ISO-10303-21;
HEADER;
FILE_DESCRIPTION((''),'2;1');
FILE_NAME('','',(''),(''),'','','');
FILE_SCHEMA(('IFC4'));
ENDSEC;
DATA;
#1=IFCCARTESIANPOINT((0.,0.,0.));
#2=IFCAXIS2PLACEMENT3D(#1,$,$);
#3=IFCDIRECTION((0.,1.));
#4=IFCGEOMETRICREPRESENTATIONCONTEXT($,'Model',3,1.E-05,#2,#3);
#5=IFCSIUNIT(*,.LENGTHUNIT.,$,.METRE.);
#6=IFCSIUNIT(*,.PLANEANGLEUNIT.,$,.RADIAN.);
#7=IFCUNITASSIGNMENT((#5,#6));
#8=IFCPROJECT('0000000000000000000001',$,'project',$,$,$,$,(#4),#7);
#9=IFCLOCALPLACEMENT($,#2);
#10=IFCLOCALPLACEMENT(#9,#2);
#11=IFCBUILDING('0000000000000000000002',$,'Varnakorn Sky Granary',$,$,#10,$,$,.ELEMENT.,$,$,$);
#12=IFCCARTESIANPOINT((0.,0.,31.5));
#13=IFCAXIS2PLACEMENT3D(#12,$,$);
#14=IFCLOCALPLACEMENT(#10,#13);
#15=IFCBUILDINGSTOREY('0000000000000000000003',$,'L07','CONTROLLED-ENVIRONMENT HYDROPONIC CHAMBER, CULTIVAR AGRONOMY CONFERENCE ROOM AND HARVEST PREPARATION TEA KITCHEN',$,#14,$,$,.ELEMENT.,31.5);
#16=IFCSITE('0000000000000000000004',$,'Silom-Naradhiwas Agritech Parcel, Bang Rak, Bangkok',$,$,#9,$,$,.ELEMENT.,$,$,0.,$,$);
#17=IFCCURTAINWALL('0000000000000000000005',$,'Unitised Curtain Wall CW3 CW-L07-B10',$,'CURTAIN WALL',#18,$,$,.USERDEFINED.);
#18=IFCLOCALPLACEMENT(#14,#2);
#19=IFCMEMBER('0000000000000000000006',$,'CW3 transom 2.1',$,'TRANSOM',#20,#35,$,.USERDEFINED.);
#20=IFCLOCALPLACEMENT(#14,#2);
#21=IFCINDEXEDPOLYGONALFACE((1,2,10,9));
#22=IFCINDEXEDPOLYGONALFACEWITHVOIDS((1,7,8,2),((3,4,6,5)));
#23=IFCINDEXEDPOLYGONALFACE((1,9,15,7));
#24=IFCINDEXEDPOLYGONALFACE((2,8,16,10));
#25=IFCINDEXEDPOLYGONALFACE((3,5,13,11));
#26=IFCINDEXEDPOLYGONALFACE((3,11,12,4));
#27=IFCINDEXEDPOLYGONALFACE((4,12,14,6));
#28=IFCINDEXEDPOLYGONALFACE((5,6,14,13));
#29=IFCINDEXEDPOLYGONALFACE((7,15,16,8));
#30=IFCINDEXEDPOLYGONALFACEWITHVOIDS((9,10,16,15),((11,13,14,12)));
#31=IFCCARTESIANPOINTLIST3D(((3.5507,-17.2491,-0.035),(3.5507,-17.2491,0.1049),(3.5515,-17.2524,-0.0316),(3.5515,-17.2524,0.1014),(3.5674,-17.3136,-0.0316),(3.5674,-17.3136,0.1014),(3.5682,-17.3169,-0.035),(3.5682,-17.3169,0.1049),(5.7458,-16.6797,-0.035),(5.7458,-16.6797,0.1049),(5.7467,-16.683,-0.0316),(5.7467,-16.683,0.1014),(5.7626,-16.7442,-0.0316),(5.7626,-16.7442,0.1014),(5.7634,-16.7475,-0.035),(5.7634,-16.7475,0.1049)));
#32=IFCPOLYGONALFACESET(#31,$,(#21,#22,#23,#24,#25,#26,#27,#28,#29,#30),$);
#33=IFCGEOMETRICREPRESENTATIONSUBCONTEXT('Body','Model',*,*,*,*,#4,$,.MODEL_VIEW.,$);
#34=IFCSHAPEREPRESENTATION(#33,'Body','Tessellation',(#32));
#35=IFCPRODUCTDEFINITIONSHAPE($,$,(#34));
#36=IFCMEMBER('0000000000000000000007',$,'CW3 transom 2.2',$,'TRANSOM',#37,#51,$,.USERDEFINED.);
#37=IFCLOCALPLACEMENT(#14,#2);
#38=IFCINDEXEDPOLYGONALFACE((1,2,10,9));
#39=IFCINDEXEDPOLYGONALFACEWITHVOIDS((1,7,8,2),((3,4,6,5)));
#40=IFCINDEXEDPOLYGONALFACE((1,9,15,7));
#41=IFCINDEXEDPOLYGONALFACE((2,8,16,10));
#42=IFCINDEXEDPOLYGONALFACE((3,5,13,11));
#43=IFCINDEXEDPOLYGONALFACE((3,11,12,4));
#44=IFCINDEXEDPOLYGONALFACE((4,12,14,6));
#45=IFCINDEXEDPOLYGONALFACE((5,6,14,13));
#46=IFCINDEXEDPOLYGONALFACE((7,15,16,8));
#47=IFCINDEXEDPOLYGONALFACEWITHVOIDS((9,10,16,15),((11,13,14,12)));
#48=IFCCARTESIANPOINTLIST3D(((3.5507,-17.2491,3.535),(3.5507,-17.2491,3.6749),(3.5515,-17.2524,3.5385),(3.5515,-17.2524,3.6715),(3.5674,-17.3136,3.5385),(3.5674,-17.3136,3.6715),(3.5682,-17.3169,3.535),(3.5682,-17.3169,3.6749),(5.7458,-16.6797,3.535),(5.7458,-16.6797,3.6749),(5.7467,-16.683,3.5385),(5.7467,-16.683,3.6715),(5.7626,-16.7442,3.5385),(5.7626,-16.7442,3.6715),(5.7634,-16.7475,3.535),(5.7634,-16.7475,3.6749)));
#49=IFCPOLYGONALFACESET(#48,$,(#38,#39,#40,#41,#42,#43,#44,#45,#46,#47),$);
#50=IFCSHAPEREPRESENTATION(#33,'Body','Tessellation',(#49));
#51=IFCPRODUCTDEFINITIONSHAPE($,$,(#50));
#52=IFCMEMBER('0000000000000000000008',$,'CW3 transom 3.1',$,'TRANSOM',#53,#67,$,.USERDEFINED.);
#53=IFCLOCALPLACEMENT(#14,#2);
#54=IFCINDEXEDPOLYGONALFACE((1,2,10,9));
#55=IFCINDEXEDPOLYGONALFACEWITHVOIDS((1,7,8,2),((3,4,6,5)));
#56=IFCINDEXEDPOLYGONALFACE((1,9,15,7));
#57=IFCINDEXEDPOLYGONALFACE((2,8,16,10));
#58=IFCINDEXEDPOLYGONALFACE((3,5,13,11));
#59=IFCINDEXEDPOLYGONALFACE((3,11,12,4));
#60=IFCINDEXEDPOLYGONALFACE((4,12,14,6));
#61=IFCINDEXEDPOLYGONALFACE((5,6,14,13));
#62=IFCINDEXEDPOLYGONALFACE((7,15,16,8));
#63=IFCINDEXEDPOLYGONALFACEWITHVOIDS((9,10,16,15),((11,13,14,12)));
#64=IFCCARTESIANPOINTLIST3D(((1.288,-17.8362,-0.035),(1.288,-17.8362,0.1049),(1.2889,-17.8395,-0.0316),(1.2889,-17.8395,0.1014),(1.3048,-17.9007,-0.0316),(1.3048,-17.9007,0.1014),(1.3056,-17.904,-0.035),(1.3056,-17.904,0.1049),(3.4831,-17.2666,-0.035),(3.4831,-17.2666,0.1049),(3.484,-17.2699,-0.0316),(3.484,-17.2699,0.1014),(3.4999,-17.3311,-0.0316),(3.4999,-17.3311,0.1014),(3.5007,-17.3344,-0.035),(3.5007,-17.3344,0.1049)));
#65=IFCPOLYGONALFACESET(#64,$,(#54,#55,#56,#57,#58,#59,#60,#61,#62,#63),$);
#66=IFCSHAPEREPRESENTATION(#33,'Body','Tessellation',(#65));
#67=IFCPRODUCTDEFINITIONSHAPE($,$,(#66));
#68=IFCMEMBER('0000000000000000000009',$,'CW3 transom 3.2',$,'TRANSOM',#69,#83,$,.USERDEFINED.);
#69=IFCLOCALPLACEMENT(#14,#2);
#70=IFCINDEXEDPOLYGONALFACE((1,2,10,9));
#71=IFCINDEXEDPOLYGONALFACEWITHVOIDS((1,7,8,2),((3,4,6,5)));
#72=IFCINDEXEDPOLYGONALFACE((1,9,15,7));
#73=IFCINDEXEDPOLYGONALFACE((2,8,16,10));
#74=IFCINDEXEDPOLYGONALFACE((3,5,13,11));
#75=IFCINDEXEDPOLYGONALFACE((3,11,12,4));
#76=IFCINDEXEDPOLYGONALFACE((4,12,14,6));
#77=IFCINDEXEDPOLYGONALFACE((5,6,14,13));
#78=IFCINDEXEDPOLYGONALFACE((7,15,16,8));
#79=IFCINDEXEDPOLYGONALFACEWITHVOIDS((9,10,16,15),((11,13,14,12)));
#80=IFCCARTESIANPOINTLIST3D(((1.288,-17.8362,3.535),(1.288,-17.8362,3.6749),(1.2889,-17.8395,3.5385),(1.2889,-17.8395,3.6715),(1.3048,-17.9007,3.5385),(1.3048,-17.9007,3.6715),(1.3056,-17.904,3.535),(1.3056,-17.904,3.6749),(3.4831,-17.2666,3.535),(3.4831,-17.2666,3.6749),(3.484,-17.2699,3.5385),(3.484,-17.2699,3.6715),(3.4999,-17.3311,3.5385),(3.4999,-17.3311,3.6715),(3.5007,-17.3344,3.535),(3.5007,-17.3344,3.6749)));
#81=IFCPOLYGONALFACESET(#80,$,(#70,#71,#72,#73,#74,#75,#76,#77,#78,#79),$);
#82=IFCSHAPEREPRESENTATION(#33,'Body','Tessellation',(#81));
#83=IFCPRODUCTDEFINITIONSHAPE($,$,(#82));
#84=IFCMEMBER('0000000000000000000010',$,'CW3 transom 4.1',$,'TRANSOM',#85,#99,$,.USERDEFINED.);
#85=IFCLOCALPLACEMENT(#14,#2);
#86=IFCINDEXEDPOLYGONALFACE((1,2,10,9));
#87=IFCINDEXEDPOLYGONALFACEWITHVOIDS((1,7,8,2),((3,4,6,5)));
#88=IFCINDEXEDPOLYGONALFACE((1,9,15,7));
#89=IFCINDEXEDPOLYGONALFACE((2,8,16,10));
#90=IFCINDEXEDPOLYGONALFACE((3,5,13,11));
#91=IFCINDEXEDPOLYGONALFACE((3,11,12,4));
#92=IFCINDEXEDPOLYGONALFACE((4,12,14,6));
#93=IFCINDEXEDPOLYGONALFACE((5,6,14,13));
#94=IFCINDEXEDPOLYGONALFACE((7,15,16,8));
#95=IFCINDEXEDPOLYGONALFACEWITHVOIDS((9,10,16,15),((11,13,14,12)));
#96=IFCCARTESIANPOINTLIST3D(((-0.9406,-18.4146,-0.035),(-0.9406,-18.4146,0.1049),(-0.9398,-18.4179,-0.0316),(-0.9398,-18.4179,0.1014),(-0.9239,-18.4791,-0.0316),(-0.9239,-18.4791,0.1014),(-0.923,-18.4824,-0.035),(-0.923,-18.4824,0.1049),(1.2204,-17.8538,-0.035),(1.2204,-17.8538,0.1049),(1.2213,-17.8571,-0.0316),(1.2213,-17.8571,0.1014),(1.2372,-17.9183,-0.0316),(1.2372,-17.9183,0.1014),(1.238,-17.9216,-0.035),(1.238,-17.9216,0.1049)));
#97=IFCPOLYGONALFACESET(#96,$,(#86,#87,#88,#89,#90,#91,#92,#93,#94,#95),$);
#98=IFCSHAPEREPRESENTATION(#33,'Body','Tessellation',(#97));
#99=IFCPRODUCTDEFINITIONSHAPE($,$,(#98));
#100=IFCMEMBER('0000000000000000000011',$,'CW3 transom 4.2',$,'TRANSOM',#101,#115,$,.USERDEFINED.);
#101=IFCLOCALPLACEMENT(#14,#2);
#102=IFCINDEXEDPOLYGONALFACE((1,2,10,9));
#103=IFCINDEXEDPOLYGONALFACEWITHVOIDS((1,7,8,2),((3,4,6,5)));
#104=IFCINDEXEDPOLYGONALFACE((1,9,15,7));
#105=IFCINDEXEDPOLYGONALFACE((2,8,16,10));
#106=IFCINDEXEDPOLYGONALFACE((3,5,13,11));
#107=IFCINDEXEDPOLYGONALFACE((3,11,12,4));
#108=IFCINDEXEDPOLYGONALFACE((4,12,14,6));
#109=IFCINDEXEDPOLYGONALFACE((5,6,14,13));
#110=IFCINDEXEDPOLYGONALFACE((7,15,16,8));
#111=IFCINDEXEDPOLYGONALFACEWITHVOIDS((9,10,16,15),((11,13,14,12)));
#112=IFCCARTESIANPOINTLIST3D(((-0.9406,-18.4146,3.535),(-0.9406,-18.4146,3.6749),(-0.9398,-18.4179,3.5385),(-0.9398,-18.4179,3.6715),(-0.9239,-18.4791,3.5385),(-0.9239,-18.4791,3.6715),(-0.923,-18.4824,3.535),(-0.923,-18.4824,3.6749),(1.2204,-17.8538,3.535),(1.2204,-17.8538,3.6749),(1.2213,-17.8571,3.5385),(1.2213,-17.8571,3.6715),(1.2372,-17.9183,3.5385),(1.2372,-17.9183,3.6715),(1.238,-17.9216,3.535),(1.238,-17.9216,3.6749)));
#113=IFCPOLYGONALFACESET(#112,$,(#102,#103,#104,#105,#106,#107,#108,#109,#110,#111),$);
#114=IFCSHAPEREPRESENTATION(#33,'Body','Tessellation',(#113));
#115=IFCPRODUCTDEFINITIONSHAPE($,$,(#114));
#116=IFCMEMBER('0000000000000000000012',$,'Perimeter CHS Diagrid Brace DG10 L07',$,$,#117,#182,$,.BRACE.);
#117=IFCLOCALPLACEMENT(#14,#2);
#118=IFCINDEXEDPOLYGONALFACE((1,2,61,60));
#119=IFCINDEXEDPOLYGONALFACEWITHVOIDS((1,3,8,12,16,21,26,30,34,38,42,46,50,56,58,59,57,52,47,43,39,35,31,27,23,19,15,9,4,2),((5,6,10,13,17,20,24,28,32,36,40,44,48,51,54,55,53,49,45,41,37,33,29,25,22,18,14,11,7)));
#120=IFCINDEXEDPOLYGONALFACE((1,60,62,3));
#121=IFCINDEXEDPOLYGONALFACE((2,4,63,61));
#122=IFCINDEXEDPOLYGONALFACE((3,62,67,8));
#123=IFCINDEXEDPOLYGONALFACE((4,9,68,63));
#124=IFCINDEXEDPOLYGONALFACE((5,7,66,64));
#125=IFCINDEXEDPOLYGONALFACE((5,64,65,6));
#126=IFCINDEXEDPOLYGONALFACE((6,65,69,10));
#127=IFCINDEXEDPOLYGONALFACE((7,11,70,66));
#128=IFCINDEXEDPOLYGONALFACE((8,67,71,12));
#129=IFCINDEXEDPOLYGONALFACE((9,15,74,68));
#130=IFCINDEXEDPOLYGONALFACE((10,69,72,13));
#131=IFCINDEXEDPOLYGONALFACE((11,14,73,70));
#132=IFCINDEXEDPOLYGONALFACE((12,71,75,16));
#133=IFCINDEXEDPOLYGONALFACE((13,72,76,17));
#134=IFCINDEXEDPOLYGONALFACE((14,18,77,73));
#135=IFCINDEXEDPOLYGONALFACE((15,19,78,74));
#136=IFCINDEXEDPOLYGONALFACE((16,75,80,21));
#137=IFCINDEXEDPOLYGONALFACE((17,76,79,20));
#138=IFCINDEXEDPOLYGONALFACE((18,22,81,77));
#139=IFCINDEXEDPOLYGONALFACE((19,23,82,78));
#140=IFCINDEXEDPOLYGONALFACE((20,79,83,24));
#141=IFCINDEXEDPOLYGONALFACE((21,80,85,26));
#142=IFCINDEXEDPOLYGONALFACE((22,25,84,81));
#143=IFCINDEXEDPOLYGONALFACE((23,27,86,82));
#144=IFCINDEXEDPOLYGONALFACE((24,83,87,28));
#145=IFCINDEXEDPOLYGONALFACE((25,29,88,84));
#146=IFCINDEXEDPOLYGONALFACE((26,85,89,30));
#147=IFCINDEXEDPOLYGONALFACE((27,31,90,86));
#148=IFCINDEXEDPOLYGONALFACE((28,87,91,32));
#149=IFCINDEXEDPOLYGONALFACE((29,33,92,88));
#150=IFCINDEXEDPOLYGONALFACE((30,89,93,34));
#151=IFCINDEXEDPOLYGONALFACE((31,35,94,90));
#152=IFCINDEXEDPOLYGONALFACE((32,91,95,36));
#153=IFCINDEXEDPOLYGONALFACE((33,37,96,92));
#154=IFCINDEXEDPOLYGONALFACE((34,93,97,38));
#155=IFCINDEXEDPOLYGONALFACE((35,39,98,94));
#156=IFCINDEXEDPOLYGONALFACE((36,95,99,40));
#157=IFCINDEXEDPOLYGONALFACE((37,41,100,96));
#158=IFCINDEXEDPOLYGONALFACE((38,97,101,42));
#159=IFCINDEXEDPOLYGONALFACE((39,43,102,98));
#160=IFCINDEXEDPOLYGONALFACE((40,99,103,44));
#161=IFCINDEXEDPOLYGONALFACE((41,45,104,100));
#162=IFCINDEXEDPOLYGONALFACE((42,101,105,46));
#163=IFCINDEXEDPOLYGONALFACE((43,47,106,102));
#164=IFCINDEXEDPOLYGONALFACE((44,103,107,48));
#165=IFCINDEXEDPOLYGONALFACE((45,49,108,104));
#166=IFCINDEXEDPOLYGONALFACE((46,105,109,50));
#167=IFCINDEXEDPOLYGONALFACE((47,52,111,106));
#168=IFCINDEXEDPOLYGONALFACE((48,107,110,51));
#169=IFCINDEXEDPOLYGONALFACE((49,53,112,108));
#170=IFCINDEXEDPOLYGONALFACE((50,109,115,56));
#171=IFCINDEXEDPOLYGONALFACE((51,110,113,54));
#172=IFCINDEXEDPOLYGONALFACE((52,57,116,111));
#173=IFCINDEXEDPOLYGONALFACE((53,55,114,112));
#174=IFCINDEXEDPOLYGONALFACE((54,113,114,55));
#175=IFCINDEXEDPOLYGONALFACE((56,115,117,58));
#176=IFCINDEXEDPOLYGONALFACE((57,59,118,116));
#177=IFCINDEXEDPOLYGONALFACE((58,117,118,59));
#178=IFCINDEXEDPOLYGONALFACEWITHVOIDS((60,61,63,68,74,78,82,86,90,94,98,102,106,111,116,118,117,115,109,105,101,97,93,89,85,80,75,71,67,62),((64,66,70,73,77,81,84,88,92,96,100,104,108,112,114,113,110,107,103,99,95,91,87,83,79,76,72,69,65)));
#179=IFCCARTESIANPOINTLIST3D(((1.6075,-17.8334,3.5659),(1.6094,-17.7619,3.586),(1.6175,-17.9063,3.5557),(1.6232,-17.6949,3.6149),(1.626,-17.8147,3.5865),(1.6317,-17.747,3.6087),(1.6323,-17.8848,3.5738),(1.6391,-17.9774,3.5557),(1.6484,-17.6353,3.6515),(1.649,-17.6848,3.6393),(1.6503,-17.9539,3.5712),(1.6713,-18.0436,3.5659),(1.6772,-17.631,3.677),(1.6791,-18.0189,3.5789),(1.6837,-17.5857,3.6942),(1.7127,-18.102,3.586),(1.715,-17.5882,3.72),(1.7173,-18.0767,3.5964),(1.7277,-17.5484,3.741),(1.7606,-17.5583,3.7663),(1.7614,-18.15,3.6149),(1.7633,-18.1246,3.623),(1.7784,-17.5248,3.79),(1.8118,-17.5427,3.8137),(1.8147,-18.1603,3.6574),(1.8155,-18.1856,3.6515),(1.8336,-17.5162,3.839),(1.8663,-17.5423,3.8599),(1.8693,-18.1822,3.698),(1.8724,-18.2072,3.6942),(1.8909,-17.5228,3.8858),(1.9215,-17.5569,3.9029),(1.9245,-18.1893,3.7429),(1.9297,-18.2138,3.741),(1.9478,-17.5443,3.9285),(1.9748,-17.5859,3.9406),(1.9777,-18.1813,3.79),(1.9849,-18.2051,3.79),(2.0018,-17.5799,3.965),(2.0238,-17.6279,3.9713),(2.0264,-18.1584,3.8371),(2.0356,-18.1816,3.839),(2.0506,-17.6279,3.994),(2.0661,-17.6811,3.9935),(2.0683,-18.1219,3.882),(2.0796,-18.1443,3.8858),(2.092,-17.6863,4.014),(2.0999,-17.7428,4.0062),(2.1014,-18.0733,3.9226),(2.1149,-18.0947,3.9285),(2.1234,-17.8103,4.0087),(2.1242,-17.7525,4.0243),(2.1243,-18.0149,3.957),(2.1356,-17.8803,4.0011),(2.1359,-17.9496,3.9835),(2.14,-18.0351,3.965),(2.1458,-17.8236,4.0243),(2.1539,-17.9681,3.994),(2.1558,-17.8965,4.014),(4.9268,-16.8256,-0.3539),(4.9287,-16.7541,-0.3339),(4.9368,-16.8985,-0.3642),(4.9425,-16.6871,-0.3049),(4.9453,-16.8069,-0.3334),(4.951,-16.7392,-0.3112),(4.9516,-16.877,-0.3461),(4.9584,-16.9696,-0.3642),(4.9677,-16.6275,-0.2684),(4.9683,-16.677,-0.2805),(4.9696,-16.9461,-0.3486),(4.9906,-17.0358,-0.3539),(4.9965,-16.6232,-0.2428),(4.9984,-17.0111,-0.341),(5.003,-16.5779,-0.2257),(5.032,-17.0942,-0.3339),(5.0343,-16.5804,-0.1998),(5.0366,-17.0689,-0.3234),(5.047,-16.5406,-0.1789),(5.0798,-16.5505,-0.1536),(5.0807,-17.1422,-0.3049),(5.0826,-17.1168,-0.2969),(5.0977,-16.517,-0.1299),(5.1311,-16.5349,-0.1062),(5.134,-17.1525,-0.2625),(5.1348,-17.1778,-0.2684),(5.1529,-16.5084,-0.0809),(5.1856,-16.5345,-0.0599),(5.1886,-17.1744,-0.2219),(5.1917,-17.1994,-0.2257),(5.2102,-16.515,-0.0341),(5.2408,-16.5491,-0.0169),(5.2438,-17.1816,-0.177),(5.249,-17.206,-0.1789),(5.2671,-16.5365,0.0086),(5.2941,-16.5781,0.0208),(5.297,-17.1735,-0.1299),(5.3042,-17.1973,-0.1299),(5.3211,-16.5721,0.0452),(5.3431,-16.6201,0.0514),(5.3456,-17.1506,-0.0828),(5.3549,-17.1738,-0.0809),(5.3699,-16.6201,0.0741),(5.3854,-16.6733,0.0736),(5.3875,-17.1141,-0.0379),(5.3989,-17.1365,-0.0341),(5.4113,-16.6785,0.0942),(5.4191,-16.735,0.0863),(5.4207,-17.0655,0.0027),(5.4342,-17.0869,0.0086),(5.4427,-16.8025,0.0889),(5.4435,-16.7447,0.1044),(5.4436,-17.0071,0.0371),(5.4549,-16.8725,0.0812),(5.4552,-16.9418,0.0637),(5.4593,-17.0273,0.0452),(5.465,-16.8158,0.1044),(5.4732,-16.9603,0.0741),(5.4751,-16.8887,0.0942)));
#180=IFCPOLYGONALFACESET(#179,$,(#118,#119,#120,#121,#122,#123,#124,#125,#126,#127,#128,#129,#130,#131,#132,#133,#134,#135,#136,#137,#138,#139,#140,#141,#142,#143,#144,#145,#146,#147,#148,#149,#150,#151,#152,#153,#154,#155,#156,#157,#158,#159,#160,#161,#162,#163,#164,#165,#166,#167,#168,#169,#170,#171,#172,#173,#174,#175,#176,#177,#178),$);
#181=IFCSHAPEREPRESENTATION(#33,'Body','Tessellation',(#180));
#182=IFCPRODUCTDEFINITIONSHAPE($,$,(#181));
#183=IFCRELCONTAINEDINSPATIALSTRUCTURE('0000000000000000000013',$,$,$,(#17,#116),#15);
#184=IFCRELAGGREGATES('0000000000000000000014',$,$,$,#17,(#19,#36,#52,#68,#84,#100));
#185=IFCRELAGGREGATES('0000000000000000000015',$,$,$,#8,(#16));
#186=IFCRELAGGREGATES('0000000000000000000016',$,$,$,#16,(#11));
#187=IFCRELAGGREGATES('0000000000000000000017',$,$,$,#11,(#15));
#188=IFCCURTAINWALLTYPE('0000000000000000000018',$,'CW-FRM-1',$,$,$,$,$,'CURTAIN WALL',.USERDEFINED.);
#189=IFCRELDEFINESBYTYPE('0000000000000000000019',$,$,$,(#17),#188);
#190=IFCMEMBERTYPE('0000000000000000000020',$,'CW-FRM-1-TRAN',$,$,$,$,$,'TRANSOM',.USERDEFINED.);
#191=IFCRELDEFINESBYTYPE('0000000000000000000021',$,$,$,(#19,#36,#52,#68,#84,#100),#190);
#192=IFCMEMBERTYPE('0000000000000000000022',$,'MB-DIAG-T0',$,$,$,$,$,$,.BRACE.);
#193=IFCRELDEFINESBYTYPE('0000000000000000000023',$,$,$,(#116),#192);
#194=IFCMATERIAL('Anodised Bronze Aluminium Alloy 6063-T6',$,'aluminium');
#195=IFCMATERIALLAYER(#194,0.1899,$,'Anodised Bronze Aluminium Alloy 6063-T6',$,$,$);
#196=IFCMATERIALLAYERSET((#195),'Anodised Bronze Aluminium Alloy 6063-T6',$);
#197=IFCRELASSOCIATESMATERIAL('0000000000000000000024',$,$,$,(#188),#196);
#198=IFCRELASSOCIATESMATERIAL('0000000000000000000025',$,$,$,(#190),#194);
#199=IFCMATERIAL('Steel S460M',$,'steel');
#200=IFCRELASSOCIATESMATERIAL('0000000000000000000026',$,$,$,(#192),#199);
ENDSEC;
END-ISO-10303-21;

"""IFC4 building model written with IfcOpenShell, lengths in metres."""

from ifc_helpers import new_model, si_unit, direction, frame, origin, origin_2d, place, context, subcontext, project, spatial, hollow_rectangle, hollow_circle, extrude, material, layer, layer_set, material_profile, profile_set, type_object, element, aggregate, save


model = new_model("IFC4")

# Units and contexts
model_context = context("Model", 3, precision=1e-05, world=origin(), true_north=direction((0.0, 1.0)))
body_context = subcontext(model_context, "Body", "Model", "MODEL_VIEW")
ifc_project = project(units=[si_unit("LENGTHUNIT", "METRE"), si_unit("PLANEANGLEUNIT", "RADIAN")], contexts=[model_context])

# Site, building, storey
site_placement = place(None, origin())
site = spatial("IfcSite", under=ifc_project, at=site_placement, Name="Silom-Naradhiwas Agritech Parcel, Bang Rak, Bangkok", CompositionType="ELEMENT", RefElevation=0.0)
building_placement = place(site_placement, origin())
building = spatial("IfcBuilding", under=site, at=building_placement, Name="Varnakorn Sky Granary", CompositionType="ELEMENT")
storey_placement = place(building_placement, frame((0.0, 0.0, 31.5)))
storey = spatial("IfcBuildingStorey", under=building, at=storey_placement, Name="L07", Description="CONTROLLED-ENVIRONMENT HYDROPONIC CHAMBER, CULTIVAR AGRONOMY CONFERENCE ROOM AND HARVEST PREPARATION TEA KITCHEN", CompositionType="ELEMENT", Elevation=31.5)

# Shared definitions
ifc_material_1 = material(Name="Steel S460M", Category="steel")

# Curtain wall, members
ifc_material_2 = material(Name="Anodised Bronze Aluminium Alloy 6063-T6", Category="aluminium")
ifc_layer_1 = layer(ifc_material_2, 0.1899, Name="Anodised Bronze Aluminium Alloy 6063-T6")
ifc_layer_set_1 = layer_set([ifc_layer_1], Name="Anodised Bronze Aluminium Alloy 6063-T6")
curtain_wall_type = type_object("IfcCurtainWallType", Name="CW-FRM-1", ElementType="CURTAIN WALL", PredefinedType="USERDEFINED", material=ifc_layer_set_1)
curtain_wall_placement = place(storey_placement, origin())
curtain_wall = element("IfcCurtainWall", 1, at=curtain_wall_placement, inside=storey, type_object=curtain_wall_type, Name="Unitised Curtain Wall CW3 CW-L07-B10", ObjectType="CURTAIN WALL", PredefinedType="USERDEFINED")
ifc_material_profile_1 = material_profile(ifc_material_2, hollow_rectangle(XDim=0.0701, YDim=0.1399, WallThickness=0.0034, at=origin_2d()), Name="ALU TRAN 70x140")
ifc_profile_set_1 = profile_set([ifc_material_profile_1], Name="Anodised Bronze Aluminium Alloy 6063-T6")
member_type_1 = type_object("IfcMemberType", Name="CW-FRM-1-TRAN", ElementType="TRANSOM", PredefinedType="USERDEFINED", material=ifc_profile_set_1)
member_1_placement = place(storey_placement, frame((5.7546, -16.7136, 0.0349), z_axis=(-0.967971, -0.251063, 0.0), x_axis=(0.251063, -0.967971, 0.0)))
member_1 = element("IfcMember", 2, at=member_1_placement, type_object=member_type_1, Name="CW3 transom 2.1", ObjectType="TRANSOM", PredefinedType="USERDEFINED", context=body_context, shape_type="SweptSolid", body=[
    extrude(hollow_rectangle(XDim=0.0701, YDim=0.1399, WallThickness=0.0034, at=origin_2d()), origin(), (0.0, 0.0, 1.0), 2.2678),
])
member_2_placement = place(storey_placement, frame((5.7546, -16.7136, 3.605), z_axis=(-0.967971, -0.251063, 0.0), x_axis=(0.251063, -0.967971, 0.0)))
member_2 = element("IfcMember", 3, at=member_2_placement, type_object=member_type_1, Name="CW3 transom 2.2", ObjectType="TRANSOM", PredefinedType="USERDEFINED", context=body_context, shape_type="SweptSolid", body=[
    extrude(hollow_rectangle(XDim=0.0701, YDim=0.1399, WallThickness=0.0034, at=origin_2d()), origin(), (0.0, 0.0, 1.0), 2.2678),
])
member_3_placement = place(storey_placement, frame((3.4919, -17.3005, 0.0349), z_axis=(-0.967945, -0.251164, 0.0), x_axis=(0.251164, -0.967945, 0.0)))
member_3 = element("IfcMember", 4, at=member_3_placement, type_object=member_type_1, Name="CW3 transom 3.1", ObjectType="TRANSOM", PredefinedType="USERDEFINED", context=body_context, shape_type="SweptSolid", body=[
    extrude(hollow_rectangle(XDim=0.0701, YDim=0.1399, WallThickness=0.0034, at=origin_2d()), origin(), (0.0, 0.0, 1.0), 2.2678),
])
member_4_placement = place(storey_placement, frame((3.4919, -17.3005, 3.605), z_axis=(-0.967945, -0.251164, 0.0), x_axis=(0.251164, -0.967945, 0.0)))
member_4 = element("IfcMember", 5, at=member_4_placement, type_object=member_type_1, Name="CW3 transom 3.2", ObjectType="TRANSOM", PredefinedType="USERDEFINED", context=body_context, shape_type="SweptSolid", body=[
    extrude(hollow_rectangle(XDim=0.0701, YDim=0.1399, WallThickness=0.0034, at=origin_2d()), origin(), (0.0, 0.0, 1.0), 2.2678),
])
member_5_placement = place(storey_placement, frame((1.2292, -17.8877, 0.0349), z_axis=(-0.967943, -0.251171, 0.0), x_axis=(0.251171, -0.967943, 0.0)))
member_5 = element("IfcMember", 6, at=member_5_placement, type_object=member_type_1, Name="CW3 transom 4.1", ObjectType="TRANSOM", PredefinedType="USERDEFINED", context=body_context, shape_type="SweptSolid", body=[
    extrude(hollow_rectangle(XDim=0.0701, YDim=0.1399, WallThickness=0.0034, at=origin_2d()), origin(), (0.0, 0.0, 1.0), 2.2327),
])
member_6_placement = place(storey_placement, frame((1.2292, -17.8877, 3.605), z_axis=(-0.967943, -0.251171, 0.0), x_axis=(0.251171, -0.967943, 0.0)))
member_6 = element("IfcMember", 7, at=member_6_placement, type_object=member_type_1, Name="CW3 transom 4.2", ObjectType="TRANSOM", PredefinedType="USERDEFINED", context=body_context, shape_type="SweptSolid", body=[
    extrude(hollow_rectangle(XDim=0.0701, YDim=0.1399, WallThickness=0.0034, at=origin_2d()), origin(), (0.0, 0.0, 1.0), 2.2327),
])

# Member
ifc_material_profile_2 = material_profile(ifc_material_1, hollow_circle(Radius=0.3555, WallThickness=0.0249, at=origin_2d()), Name="CHS 711x25")
ifc_profile_set_2 = profile_set([ifc_material_profile_2], Name="Steel S460M")
member_type_2 = type_object("IfcMemberType", Name="MB-DIAG-T0", PredefinedType="BRACE", material=ifc_profile_set_2)
member_7_placement = place(storey_placement, frame((5.2009, -16.8572, -0.1299), z_axis=(-0.634133, -0.192535, 0.74887), x_axis=(0.290523, -0.956868, 0.0)))
element("IfcMember", 8, at=member_7_placement, inside=storey, type_object=member_type_2, Name="Perimeter CHS Diagrid Brace DG10 L07", PredefinedType="BRACE", context=body_context, shape_type="SweptSolid", body=[
    extrude(hollow_circle(Radius=0.3555, WallThickness=0.0249, at=origin_2d()), origin(), (0.0, 0.0, 1.0), 5.2344),
])

aggregate(curtain_wall, [member_1, member_2, member_3, member_4, member_5, member_6])

save(model, "model.ifc")
